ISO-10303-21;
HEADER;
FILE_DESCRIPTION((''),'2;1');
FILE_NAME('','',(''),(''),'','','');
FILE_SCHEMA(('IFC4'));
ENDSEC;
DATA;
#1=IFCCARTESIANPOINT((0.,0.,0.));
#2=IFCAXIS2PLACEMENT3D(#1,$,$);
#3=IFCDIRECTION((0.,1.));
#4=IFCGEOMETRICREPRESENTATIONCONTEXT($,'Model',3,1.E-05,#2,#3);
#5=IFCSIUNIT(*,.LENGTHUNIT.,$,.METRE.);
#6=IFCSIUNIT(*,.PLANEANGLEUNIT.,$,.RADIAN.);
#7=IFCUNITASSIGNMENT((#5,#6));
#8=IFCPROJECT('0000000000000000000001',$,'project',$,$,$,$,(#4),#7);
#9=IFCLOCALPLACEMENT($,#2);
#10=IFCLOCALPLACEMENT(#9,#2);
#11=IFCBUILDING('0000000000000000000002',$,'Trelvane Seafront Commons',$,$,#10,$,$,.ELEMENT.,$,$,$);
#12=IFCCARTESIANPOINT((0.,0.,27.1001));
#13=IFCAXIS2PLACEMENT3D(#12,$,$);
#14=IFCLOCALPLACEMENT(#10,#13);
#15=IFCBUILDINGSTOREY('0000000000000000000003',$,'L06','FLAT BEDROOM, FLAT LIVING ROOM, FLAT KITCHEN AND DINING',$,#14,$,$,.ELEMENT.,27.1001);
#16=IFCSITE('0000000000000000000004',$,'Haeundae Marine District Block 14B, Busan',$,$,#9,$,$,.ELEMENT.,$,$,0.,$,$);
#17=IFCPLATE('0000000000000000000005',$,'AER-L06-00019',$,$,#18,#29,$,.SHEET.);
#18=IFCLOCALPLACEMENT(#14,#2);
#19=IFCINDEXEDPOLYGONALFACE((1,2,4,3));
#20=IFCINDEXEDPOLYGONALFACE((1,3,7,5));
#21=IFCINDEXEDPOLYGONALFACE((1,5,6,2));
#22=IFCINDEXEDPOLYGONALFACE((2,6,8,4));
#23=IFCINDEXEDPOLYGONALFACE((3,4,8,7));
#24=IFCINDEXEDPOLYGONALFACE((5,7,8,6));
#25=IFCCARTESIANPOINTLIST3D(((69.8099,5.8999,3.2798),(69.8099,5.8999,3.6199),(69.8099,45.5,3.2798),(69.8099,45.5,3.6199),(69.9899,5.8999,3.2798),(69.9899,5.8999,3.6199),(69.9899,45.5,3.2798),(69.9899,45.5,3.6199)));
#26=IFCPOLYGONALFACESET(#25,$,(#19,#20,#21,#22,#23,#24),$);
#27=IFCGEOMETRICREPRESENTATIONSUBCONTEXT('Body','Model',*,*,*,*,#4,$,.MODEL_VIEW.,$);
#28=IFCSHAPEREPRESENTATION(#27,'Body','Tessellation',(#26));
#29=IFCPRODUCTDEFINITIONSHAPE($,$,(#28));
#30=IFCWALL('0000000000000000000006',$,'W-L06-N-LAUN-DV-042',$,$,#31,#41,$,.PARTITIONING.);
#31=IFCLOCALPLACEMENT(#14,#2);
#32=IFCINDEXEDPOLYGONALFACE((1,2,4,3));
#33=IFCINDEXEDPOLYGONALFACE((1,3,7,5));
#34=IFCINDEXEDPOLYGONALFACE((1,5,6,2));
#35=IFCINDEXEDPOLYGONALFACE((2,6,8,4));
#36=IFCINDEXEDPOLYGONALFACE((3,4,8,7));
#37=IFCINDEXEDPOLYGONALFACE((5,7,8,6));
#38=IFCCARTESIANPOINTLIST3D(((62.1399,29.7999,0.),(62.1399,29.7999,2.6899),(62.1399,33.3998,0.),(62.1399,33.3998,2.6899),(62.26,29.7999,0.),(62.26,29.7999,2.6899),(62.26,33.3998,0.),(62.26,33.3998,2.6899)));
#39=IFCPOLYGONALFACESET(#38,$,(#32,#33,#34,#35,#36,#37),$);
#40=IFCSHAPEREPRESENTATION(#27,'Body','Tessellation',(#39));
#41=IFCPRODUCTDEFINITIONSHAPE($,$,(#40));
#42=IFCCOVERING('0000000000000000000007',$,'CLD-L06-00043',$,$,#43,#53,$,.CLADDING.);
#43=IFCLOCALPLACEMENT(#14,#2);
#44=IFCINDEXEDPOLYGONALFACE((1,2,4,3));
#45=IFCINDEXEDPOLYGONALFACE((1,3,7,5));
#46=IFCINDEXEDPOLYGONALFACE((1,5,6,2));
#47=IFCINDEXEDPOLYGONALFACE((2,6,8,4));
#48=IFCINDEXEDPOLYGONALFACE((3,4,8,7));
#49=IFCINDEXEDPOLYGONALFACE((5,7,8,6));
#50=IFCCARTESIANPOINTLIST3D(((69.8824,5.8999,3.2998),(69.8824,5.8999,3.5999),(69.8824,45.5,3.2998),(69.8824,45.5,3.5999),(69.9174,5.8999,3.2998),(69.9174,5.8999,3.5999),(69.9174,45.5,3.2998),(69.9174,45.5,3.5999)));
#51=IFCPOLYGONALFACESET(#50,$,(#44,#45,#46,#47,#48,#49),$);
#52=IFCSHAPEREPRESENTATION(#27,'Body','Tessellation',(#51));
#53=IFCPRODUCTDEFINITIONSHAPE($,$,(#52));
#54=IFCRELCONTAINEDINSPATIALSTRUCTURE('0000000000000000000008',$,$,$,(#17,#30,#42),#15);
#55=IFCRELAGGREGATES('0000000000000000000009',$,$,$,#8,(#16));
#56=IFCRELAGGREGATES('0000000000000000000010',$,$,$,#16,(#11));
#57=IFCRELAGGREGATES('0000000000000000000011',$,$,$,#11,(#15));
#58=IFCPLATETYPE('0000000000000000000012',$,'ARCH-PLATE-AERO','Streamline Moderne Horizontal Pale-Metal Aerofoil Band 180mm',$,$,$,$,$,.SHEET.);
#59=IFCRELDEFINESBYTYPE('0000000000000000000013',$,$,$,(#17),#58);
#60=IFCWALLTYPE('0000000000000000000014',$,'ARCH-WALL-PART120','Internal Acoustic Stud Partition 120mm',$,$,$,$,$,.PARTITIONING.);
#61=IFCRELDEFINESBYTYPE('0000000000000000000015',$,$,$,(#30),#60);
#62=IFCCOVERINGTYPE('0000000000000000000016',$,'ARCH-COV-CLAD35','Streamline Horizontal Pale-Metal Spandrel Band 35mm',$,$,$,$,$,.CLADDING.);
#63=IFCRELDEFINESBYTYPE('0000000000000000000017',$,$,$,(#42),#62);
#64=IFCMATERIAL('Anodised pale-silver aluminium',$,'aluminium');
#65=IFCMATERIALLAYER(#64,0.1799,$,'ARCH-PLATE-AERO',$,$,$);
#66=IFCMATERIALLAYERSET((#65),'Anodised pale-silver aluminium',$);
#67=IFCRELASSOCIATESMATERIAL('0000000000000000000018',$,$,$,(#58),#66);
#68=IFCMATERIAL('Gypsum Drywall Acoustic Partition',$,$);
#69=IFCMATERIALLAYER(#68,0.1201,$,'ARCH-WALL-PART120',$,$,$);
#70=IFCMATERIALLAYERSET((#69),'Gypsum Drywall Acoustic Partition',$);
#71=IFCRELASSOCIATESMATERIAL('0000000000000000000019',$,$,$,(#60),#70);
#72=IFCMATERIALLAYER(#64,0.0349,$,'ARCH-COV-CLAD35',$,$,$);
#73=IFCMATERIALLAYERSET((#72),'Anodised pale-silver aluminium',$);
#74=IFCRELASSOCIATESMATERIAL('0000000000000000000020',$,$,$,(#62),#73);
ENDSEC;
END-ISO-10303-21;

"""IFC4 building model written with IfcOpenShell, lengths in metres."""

from ifc_helpers import new_model, si_unit, direction, frame, frame_2d, origin, origin_2d, place, context, subcontext, project, spatial, rectangle, extrude, source, transform, mapped, material, layer, layer_set, type_object, element, save


model = new_model("IFC4")

# Units and contexts
model_context = context("Model", 3, precision=1e-05, world=origin(), true_north=direction((0.0, 1.0)))
body_context = subcontext(model_context, "Body", "Model", "MODEL_VIEW")
ifc_project = project(units=[si_unit("LENGTHUNIT", "METRE"), si_unit("PLANEANGLEUNIT", "RADIAN")], contexts=[model_context])

# Site, building, storey
site_placement = place(None, origin())
site = spatial("IfcSite", under=ifc_project, at=site_placement, Name="Haeundae Marine District Block 14B, Busan", CompositionType="ELEMENT", RefElevation=0.0)
building_placement = place(site_placement, origin())
building = spatial("IfcBuilding", under=site, at=building_placement, Name="Trelvane Seafront Commons", CompositionType="ELEMENT")
storey_placement = place(building_placement, frame((0.0, 0.0, 27.1001)))
storey = spatial("IfcBuildingStorey", under=building, at=storey_placement, Name="L06", Description="FLAT BEDROOM, FLAT LIVING ROOM, FLAT KITCHEN AND DINING", CompositionType="ELEMENT", Elevation=27.1001)

# Plate
ifc_material_1 = material(Name="Anodised pale-silver aluminium", Category="aluminium")
ifc_layer_1 = layer(ifc_material_1, 0.1799, Name="ARCH-PLATE-AERO")
ifc_layer_set_1 = layer_set([ifc_layer_1], Name="Anodised pale-silver aluminium")
plate_type = type_object("IfcPlateType", Name="ARCH-PLATE-AERO", Description="Streamline Moderne Horizontal Pale-Metal Aerofoil Band 180mm", PredefinedType="SHEET", material=ifc_layer_set_1)
shared_shape_1 = source(origin(), body_context, "Body", "SweptSolid", [
    extrude(rectangle(XDim=39.6001, YDim=0.1799, at=origin_2d()), origin(), (0.0, 0.0, 1.0), 0.3401),
])
plate_placement = place(storey_placement, frame((69.8999, 25.7, 3.2798), z_axis=(0.0, 0.0, 1.0), x_axis=(0.0, -1.0, 0.0)))
element("IfcPlate", 1, at=plate_placement, inside=storey, type_object=plate_type, Name="AER-L06-00019", PredefinedType="SHEET", context=body_context, shape_type="MappedRepresentation", body=[
    mapped(shared_shape_1, transform((0.0, 0.0, 0.0), x_axis=(1.0, 0.0, 0.0), y_axis=(0.0, 1.0, 0.0), z_axis=(0.0, 0.0, 1.0), scale=1.0)),
])

# Wall
ifc_material_2 = material(Name="Gypsum Drywall Acoustic Partition")
ifc_layer_2 = layer(ifc_material_2, 0.1201, Name="ARCH-WALL-PART120")
ifc_layer_set_2 = layer_set([ifc_layer_2], Name="Gypsum Drywall Acoustic Partition")
wall_type_1 = type_object("IfcWallType", Name="ARCH-WALL-PART120", Description="Internal Acoustic Stud Partition 120mm", PredefinedType="PARTITIONING", material=ifc_layer_set_2)
wall_1_placement = place(storey_placement, frame((62.2, 29.8, 0.0), z_axis=(0.0, 0.0, 1.0), x_axis=(0.0, 1.0, 0.0)))
element("IfcWall", 2, at=wall_1_placement, inside=storey, type_object=wall_type_1, Name="W-L06-N-LAUN-DV-042", PredefinedType="PARTITIONING", context=body_context, shape_type="SweptSolid", body=[
    extrude(rectangle(XDim=3.5999, YDim=0.1201, at=frame_2d((1.7998, 0.0))), origin(), (0.0, 0.0, 1.0), 2.6899),
])

# Covering
ifc_layer_3 = layer(ifc_material_1, 0.0349, Name="ARCH-COV-CLAD35")
ifc_layer_set_3 = layer_set([ifc_layer_3], Name="Anodised pale-silver aluminium")
covering_type = type_object("IfcCoveringType", Name="ARCH-COV-CLAD35", Description="Streamline Horizontal Pale-Metal Spandrel Band 35mm", PredefinedType="CLADDING", material=ifc_layer_set_3)
shared_shape_2 = source(origin(), body_context, "Body", "SweptSolid", [
    extrude(rectangle(XDim=39.6001, YDim=0.0349, at=origin_2d()), origin(), (0.0, 0.0, 1.0), 0.3),
])
covering_placement = place(storey_placement, frame((69.8999, 25.7, 3.2998), z_axis=(0.0, 0.0, 1.0), x_axis=(0.0, -1.0, 0.0)))
element("IfcCovering", 3, at=covering_placement, inside=storey, type_object=covering_type, Name="CLD-L06-00043", PredefinedType="CLADDING", context=body_context, shape_type="MappedRepresentation", body=[
    mapped(shared_shape_2, transform((0.0, 0.0, 0.0), x_axis=(1.0, 0.0, 0.0), y_axis=(0.0, 1.0, 0.0), z_axis=(0.0, 0.0, 1.0), scale=1.0)),
])

save(model, "model.ifc")
